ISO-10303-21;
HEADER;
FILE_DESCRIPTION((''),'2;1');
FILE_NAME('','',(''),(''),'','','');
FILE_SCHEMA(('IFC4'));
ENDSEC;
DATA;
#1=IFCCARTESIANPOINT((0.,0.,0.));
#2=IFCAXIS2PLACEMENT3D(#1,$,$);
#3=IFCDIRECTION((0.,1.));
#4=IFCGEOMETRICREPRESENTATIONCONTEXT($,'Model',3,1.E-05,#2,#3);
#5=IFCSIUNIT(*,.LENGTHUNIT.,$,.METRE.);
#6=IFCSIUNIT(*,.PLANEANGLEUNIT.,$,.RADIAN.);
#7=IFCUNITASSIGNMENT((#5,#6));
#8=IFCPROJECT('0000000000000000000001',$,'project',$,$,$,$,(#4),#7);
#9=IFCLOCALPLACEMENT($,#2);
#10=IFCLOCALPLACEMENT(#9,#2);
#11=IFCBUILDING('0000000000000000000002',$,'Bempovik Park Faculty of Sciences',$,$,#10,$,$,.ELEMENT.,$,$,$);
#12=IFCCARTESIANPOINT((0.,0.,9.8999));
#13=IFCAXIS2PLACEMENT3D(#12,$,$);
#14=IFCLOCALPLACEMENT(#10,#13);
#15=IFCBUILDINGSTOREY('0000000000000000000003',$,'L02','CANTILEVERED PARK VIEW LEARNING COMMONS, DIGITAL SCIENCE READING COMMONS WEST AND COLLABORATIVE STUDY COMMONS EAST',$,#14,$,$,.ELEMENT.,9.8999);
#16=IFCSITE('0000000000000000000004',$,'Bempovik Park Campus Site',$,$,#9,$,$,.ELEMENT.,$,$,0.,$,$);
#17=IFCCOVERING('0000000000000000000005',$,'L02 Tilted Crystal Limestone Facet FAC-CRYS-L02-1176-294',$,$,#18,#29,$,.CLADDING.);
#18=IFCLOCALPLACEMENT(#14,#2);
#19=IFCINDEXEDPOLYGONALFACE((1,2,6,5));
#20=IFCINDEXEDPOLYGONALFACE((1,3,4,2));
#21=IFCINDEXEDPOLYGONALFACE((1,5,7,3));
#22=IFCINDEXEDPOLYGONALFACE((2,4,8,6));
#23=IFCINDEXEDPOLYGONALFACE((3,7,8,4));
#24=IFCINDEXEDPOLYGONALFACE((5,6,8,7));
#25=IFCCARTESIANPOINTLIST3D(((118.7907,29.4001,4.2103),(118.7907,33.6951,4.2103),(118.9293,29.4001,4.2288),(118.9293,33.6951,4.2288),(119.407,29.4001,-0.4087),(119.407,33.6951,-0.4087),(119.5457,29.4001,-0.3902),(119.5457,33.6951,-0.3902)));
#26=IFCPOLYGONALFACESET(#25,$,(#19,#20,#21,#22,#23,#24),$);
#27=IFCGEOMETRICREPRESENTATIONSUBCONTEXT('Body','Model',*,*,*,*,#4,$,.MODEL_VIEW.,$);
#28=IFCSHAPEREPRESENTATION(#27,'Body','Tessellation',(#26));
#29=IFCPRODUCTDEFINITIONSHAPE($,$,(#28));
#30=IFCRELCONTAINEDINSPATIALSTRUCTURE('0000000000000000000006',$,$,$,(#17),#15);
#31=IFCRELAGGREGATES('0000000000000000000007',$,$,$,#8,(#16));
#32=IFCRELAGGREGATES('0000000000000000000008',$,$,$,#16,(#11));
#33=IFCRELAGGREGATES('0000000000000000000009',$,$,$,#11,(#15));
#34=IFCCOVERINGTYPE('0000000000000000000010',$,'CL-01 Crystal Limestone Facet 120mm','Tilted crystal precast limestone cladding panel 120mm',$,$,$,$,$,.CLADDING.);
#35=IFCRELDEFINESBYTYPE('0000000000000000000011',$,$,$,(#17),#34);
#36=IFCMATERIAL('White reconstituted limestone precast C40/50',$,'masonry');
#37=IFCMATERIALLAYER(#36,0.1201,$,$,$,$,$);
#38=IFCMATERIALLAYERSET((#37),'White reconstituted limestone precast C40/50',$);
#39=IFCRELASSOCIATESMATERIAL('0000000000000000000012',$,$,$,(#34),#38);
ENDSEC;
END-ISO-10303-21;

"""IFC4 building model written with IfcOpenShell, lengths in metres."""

from ifc_helpers import new_model, si_unit, direction, frame, origin, origin_2d, place, context, subcontext, project, spatial, rectangle, extrude, material, layer, layer_set, type_object, element, save


model = new_model("IFC4")

# Units and contexts
model_context = context("Model", 3, precision=1e-05, world=origin(), true_north=direction((0.0, 1.0)))
body_context = subcontext(model_context, "Body", "Model", "MODEL_VIEW")
ifc_project = project(units=[si_unit("LENGTHUNIT", "METRE"), si_unit("PLANEANGLEUNIT", "RADIAN")], contexts=[model_context])

# Site, building, storey
site_placement = place(None, origin())
site = spatial("IfcSite", under=ifc_project, at=site_placement, Name="Bempovik Park Campus Site", CompositionType="ELEMENT", RefElevation=0.0)
building_placement = place(site_placement, origin())
building = spatial("IfcBuilding", under=site, at=building_placement, Name="Bempovik Park Faculty of Sciences", CompositionType="ELEMENT")
storey_placement = place(building_placement, frame((0.0, 0.0, 9.8999)))
storey = spatial("IfcBuildingStorey", under=building, at=storey_placement, Name="L02", Description="CANTILEVERED PARK VIEW LEARNING COMMONS, DIGITAL SCIENCE READING COMMONS WEST AND COLLABORATIVE STUDY COMMONS EAST", CompositionType="ELEMENT", Elevation=9.8999)

# Covering
ifc_material_1 = material(Name="White reconstituted limestone precast C40/50", Category="masonry")
ifc_layer_1 = layer(ifc_material_1, 0.1201)
ifc_layer_set_1 = layer_set([ifc_layer_1], Name="White reconstituted limestone precast C40/50")
covering_type = type_object("IfcCoveringType", Name="CL-01 Crystal Limestone Facet 120mm", Description="Tilted crystal precast limestone cladding panel 120mm", PredefinedType="CLADDING", material=ifc_layer_set_1)
for number, where, z_axis, x_axis, name in (
    (1, (119.4763, 31.5476, -0.3994), (-0.132256, 0.0, 0.991216), (0.0, 1.0, 0.0), "L02 Tilted Crystal Limestone Facet FAC-CRYS-L02-1176-294"),
):
    element("IfcCovering", number, at=place(storey_placement, frame(where, z_axis=z_axis, x_axis=x_axis)), inside=storey, type_object=covering_type, Name=name, PredefinedType="CLADDING", context=body_context, shape_type="SweptSolid", body=[
        extrude(rectangle(XDim=4.2949, YDim=0.1399, at=origin_2d()), origin(), (0.0, 0.0, 1.0), 4.6599),
    ])

save(model, "model.ifc")
